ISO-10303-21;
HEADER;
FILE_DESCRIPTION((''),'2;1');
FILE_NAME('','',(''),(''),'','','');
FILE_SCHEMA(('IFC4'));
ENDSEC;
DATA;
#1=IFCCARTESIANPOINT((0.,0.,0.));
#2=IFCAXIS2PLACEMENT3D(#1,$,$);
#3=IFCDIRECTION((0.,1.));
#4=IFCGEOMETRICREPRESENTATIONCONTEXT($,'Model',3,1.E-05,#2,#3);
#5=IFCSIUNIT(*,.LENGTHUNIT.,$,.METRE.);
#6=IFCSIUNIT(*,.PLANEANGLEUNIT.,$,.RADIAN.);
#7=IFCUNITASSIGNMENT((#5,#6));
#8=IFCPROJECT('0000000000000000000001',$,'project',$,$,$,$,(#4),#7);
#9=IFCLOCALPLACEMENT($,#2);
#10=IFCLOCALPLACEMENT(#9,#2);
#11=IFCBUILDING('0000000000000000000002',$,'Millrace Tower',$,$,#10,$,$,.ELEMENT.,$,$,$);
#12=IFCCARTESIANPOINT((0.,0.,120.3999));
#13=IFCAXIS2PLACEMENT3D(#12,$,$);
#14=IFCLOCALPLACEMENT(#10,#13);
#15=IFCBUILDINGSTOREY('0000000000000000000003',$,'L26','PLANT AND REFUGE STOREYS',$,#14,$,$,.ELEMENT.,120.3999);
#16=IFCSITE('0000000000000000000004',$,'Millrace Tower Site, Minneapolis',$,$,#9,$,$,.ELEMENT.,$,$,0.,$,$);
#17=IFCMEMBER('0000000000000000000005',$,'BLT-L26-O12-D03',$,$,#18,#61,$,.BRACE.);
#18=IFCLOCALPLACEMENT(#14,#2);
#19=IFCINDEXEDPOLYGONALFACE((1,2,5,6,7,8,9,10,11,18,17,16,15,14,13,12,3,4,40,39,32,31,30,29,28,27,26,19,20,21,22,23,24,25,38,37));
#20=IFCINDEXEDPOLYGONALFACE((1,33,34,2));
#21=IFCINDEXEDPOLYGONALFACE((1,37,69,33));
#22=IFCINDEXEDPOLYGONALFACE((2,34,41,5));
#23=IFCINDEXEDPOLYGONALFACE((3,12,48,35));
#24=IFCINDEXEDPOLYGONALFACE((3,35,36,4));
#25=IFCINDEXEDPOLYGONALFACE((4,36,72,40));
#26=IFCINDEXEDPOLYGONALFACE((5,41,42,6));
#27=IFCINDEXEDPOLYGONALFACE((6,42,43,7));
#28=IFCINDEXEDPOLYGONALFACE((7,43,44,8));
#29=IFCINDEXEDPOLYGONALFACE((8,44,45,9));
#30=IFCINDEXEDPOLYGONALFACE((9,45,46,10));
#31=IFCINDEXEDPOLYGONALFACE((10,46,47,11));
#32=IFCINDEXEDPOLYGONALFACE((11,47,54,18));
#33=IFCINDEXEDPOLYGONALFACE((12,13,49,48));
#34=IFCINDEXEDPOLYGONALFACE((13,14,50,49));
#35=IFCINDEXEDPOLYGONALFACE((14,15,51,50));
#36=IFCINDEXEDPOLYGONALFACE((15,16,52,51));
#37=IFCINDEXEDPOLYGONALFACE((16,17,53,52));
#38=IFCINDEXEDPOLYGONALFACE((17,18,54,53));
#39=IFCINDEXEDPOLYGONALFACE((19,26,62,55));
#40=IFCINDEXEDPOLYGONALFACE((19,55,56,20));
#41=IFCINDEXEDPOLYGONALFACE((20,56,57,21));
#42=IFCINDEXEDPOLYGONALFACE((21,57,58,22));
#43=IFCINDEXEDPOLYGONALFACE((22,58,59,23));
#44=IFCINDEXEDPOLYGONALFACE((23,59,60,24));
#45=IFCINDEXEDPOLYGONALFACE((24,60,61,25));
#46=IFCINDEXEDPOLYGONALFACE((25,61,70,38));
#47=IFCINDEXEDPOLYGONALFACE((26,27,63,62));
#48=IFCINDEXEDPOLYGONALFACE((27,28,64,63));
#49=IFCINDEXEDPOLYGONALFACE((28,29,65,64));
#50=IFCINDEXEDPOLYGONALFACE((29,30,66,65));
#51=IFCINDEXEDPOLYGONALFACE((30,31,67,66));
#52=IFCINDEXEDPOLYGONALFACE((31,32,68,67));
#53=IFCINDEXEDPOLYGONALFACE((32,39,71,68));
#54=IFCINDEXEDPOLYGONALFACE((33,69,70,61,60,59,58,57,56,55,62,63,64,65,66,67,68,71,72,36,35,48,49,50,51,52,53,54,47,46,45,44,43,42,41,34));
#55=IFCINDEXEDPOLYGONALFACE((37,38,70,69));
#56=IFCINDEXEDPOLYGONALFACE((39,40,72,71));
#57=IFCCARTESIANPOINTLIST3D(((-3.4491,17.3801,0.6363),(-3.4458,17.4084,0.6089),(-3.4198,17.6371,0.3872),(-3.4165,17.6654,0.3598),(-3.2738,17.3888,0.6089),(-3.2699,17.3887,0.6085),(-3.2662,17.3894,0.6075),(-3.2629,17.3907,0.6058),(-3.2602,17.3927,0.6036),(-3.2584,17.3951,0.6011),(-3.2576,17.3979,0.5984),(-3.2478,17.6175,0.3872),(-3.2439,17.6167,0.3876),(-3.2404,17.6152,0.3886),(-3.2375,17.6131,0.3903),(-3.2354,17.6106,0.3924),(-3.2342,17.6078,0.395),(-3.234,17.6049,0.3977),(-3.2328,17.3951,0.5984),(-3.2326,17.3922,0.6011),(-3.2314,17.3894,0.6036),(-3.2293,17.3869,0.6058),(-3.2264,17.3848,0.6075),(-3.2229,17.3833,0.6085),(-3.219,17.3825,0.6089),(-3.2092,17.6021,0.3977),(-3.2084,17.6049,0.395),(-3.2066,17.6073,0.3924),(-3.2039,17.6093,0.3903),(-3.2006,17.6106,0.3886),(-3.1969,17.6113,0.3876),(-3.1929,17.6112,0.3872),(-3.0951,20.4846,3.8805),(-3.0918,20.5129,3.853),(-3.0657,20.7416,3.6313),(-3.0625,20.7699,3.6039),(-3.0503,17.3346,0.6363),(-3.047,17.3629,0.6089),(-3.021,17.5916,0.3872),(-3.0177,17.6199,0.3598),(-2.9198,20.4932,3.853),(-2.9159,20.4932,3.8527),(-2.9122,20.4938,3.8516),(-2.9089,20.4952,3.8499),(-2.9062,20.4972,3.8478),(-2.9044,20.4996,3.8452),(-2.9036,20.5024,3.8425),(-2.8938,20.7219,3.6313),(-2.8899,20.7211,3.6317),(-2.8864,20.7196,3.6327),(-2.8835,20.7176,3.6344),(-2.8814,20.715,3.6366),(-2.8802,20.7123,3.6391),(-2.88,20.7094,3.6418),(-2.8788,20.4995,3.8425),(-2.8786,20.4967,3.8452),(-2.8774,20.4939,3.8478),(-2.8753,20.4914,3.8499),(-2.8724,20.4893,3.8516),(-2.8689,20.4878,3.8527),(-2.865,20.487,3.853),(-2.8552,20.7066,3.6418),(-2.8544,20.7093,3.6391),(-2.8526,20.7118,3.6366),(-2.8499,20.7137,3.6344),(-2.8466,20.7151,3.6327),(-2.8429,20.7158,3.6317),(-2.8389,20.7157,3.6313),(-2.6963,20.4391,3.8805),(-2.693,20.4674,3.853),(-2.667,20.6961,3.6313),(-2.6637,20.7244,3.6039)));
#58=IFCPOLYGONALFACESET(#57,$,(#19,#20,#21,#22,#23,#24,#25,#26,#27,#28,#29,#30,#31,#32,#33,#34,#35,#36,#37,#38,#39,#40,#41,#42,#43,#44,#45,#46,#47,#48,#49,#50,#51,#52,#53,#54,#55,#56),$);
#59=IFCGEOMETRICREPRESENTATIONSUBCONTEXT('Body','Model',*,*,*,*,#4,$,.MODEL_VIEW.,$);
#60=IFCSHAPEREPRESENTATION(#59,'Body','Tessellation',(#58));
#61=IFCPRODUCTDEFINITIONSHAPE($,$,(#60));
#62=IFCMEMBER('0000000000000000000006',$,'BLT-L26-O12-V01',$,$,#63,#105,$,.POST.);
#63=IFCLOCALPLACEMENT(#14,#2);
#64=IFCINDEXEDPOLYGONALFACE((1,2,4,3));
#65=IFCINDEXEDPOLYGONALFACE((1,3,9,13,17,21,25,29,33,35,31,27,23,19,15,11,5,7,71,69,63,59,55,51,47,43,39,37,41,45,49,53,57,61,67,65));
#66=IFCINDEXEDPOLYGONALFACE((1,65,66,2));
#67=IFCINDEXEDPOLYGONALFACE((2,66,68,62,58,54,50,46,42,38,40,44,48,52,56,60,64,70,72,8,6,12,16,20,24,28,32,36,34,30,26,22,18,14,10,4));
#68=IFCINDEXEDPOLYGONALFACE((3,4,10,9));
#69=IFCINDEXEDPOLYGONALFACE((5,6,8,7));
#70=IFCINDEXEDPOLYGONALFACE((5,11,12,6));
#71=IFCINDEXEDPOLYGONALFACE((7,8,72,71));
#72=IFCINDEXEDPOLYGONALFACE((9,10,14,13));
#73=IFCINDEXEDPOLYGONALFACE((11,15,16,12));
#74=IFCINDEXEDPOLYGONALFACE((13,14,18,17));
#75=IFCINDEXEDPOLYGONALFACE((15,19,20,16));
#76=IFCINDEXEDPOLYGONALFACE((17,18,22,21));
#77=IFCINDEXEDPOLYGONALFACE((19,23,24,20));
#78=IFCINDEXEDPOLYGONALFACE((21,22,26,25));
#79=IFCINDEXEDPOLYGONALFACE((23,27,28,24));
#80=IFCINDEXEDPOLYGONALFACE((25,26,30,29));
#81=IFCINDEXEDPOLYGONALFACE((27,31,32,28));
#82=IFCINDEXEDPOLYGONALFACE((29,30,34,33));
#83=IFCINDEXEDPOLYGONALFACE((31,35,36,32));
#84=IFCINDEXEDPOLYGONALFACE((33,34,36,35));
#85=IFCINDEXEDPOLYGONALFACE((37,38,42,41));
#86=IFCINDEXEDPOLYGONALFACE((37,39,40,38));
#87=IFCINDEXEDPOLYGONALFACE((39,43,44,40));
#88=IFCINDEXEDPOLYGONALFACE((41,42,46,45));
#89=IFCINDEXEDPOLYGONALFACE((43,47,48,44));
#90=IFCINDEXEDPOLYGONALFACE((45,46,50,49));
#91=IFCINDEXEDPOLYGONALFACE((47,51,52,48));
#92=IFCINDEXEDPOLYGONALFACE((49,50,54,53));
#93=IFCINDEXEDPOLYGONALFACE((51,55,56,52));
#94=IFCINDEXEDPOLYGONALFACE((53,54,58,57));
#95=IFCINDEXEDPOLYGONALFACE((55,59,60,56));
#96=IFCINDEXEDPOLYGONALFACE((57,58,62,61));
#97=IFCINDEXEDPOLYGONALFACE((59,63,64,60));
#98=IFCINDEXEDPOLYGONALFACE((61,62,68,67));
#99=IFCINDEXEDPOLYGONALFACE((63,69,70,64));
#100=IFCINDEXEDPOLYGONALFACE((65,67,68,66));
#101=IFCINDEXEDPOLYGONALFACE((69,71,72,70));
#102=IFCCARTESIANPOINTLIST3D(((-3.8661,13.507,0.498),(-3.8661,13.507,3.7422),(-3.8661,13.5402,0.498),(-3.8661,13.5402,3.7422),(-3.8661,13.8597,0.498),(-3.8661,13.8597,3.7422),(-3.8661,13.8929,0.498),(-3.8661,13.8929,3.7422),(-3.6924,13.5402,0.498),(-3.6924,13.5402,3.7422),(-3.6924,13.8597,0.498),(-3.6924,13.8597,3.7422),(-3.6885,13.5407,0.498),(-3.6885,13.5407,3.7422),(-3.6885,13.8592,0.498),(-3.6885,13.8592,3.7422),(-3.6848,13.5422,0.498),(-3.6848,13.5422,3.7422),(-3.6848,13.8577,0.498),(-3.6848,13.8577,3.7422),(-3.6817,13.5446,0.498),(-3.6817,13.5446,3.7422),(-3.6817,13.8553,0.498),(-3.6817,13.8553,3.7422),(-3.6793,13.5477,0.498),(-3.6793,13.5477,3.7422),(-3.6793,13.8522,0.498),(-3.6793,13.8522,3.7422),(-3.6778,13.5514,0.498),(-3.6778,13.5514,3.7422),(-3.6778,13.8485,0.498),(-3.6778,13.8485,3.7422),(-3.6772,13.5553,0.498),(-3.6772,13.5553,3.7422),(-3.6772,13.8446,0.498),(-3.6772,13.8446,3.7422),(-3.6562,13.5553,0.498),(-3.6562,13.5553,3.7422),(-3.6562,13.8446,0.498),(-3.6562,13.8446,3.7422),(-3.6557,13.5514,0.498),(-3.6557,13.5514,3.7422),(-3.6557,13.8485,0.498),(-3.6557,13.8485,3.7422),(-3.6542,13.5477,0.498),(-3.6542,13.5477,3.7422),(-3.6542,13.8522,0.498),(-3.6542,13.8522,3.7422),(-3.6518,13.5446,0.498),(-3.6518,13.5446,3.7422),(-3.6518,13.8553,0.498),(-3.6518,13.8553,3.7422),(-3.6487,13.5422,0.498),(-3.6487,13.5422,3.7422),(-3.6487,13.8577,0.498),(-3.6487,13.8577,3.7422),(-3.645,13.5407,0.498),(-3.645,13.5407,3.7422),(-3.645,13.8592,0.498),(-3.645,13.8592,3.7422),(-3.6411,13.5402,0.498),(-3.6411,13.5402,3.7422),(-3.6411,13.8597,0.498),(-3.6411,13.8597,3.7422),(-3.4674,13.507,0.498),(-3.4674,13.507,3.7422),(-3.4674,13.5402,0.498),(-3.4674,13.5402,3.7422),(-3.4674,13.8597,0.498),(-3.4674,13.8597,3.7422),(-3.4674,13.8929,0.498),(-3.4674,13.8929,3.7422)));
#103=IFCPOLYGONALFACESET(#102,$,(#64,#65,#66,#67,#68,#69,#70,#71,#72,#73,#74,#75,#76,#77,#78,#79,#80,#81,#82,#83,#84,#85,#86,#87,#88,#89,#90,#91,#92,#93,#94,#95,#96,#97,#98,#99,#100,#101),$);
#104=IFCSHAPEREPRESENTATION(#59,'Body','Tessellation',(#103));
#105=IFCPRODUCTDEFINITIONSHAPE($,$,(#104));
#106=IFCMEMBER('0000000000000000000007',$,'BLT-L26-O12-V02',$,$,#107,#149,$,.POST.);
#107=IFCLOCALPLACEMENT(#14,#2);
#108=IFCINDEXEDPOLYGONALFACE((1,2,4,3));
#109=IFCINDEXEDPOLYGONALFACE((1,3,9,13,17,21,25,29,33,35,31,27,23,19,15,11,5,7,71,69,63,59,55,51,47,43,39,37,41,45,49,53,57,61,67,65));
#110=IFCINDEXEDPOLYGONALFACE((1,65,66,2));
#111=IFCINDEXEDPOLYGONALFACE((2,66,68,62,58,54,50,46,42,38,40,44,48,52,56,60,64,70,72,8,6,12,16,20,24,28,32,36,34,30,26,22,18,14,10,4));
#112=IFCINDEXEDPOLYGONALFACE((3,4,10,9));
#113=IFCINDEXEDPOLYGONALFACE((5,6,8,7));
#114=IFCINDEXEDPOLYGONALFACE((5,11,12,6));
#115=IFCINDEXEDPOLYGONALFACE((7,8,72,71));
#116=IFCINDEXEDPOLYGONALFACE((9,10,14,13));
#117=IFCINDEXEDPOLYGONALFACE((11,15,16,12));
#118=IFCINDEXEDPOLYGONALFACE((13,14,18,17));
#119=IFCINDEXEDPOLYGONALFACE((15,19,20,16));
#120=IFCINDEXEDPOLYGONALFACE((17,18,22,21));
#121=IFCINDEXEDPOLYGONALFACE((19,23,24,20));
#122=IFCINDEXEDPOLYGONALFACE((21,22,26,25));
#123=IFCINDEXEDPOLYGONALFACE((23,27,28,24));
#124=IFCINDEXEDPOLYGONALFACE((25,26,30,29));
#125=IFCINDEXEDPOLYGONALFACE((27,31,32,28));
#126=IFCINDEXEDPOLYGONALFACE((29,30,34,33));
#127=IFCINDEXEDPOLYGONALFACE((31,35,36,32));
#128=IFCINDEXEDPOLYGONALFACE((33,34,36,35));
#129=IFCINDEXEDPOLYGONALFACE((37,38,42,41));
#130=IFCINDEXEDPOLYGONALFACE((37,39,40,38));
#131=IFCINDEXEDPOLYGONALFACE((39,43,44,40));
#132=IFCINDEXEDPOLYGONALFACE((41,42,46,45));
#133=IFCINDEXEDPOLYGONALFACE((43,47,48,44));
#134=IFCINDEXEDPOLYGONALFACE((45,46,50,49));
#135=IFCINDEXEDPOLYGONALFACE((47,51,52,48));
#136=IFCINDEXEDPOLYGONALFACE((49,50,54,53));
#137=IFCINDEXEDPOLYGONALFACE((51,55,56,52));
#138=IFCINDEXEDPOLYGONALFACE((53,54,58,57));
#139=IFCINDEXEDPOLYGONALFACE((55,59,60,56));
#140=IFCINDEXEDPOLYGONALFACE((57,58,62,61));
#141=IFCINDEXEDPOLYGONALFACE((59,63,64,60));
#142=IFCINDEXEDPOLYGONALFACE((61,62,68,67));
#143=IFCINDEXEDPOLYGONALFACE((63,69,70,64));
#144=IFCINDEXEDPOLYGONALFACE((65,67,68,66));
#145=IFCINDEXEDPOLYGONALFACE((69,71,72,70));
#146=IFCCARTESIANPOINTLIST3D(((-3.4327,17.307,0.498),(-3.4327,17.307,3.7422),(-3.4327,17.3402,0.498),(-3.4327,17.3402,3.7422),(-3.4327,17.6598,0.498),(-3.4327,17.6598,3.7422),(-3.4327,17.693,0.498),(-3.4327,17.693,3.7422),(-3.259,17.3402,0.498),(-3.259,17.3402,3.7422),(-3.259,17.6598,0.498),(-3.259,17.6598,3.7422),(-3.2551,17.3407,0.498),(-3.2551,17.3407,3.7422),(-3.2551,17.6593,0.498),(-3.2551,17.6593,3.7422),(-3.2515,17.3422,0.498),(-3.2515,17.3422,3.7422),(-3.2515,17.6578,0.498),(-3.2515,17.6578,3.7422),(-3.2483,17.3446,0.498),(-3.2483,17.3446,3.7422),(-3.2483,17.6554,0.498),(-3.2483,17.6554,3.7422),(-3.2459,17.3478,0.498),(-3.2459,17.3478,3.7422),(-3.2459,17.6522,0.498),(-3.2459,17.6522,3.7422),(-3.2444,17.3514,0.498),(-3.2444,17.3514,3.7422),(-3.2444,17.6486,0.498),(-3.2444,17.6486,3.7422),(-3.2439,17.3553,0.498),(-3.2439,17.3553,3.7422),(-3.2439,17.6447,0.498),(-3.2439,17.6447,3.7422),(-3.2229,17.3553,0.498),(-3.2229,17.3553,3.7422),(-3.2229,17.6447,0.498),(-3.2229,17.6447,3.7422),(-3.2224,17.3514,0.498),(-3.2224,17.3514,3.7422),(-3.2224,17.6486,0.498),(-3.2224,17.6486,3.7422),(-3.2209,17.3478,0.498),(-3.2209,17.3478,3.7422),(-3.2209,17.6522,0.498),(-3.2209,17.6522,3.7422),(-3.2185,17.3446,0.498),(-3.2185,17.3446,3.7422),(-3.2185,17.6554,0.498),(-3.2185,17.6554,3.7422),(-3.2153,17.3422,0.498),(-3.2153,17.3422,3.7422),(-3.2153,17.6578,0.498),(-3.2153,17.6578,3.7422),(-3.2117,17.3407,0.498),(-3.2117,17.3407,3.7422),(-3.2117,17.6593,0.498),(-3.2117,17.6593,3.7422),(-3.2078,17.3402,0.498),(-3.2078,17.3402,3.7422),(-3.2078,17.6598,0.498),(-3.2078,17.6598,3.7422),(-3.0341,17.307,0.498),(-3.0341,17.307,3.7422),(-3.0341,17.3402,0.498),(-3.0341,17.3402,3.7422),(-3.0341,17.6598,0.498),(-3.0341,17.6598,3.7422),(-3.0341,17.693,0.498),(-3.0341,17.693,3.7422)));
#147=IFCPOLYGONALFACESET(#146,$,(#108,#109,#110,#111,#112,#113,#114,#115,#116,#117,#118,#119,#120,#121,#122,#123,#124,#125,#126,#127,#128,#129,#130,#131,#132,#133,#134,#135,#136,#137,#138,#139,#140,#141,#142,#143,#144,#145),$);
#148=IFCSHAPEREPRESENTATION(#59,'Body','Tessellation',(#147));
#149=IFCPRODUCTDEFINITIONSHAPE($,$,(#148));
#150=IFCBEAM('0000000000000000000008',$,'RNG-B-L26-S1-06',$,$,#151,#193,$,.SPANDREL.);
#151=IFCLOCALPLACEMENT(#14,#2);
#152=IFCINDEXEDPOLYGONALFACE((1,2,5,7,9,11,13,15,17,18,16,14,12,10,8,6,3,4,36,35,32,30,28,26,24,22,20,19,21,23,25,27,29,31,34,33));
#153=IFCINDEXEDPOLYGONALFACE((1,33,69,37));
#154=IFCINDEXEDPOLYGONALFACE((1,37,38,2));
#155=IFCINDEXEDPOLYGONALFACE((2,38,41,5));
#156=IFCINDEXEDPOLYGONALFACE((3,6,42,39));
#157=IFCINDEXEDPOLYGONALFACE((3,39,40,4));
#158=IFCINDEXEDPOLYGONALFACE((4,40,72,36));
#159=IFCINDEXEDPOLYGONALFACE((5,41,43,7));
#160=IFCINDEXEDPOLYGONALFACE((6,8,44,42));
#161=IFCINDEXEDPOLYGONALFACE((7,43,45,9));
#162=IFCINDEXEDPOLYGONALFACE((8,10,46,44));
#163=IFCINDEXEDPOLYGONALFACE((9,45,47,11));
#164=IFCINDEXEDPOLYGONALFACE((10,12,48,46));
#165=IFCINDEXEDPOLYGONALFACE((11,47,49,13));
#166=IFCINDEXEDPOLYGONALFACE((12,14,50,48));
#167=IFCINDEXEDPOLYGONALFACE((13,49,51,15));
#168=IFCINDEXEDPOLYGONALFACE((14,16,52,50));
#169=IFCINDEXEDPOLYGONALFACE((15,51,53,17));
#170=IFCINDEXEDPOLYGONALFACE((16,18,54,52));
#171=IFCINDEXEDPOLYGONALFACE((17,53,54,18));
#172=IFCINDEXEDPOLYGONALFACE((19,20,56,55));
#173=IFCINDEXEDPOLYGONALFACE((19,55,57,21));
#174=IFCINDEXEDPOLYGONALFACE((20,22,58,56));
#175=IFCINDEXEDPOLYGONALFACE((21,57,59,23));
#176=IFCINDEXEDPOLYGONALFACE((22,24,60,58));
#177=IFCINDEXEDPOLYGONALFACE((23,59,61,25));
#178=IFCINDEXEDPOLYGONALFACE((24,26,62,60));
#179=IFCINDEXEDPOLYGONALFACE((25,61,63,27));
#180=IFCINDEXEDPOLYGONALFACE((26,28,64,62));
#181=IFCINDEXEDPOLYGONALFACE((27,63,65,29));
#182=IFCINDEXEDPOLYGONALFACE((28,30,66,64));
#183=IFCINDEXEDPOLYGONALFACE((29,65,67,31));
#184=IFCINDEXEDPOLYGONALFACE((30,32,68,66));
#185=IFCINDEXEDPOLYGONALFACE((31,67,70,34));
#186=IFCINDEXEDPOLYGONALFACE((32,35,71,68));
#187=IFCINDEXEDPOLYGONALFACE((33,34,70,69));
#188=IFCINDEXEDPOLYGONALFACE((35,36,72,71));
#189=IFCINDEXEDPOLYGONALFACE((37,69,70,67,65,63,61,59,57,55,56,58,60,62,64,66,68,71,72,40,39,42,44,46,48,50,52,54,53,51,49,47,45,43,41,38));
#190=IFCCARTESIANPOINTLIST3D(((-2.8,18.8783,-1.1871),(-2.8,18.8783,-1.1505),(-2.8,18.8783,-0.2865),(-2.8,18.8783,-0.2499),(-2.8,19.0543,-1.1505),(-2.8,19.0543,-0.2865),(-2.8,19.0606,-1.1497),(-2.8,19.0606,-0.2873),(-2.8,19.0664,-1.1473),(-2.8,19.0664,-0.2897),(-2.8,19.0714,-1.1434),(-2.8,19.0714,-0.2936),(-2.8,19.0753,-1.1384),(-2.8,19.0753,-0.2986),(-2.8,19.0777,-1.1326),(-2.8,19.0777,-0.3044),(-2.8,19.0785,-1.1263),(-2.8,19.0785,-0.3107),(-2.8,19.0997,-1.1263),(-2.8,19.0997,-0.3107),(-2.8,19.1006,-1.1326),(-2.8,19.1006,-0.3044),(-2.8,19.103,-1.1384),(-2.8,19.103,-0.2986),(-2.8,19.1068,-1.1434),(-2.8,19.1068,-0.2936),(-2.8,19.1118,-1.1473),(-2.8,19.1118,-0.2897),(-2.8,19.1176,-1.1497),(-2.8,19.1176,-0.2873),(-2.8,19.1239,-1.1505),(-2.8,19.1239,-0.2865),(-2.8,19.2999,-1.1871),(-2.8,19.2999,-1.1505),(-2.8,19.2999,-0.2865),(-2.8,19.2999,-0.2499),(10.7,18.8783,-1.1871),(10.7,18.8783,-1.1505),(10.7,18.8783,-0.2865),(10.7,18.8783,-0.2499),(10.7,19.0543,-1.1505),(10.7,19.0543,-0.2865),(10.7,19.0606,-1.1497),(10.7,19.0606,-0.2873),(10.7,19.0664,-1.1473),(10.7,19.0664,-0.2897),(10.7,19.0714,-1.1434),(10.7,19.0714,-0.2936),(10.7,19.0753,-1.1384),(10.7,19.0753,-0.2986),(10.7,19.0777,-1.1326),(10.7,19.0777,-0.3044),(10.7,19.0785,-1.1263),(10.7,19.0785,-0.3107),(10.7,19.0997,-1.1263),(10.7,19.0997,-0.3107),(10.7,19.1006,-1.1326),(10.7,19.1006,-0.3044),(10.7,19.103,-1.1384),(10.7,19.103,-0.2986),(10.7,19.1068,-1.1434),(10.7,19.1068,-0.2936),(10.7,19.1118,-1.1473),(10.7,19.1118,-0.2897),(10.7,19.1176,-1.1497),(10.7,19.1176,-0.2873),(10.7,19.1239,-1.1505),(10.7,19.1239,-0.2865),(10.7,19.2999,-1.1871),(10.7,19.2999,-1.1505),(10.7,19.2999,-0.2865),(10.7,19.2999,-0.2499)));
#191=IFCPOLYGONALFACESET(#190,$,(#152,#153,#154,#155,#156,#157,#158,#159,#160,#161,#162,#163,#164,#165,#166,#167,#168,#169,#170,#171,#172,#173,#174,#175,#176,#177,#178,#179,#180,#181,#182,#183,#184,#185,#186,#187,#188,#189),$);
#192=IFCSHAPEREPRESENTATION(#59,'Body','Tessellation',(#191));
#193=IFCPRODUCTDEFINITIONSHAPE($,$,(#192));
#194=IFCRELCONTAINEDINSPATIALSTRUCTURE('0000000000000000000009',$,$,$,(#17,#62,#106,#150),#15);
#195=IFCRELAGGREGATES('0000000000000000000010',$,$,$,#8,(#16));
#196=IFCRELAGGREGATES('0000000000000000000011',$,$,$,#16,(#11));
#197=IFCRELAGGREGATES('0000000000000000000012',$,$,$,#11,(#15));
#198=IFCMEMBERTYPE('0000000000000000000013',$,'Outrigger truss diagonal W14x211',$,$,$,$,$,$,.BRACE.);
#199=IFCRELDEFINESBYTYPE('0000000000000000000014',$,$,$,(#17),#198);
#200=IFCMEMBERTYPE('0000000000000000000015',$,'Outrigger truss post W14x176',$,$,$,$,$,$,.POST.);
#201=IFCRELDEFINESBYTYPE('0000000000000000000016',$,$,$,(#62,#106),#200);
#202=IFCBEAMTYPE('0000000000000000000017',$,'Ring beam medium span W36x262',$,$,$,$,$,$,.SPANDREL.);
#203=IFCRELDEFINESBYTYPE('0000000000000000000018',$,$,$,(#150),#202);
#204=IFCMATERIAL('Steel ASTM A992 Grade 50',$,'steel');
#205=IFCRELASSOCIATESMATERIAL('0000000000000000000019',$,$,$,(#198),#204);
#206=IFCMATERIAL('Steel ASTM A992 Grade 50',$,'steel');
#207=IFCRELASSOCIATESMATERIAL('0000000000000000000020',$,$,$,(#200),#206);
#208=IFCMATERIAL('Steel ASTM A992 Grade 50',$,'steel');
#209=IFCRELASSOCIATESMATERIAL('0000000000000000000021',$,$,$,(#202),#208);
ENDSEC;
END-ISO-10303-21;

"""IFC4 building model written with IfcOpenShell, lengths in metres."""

from ifc_helpers import new_model, si_unit, direction, frame, origin, origin_2d, place, context, subcontext, project, spatial, i_section, extrude, material, material_profile, profile_set, type_object, element, save


model = new_model("IFC4")

# Units and contexts
model_context = context("Model", 3, precision=1e-05, world=origin(), true_north=direction((0.0, 1.0)))
body_context = subcontext(model_context, "Body", "Model", "MODEL_VIEW")
ifc_project = project(units=[si_unit("LENGTHUNIT", "METRE"), si_unit("PLANEANGLEUNIT", "RADIAN")], contexts=[model_context])

# Site, building, storey
site_placement = place(None, origin())
site = spatial("IfcSite", under=ifc_project, at=site_placement, Name="Millrace Tower Site, Minneapolis", CompositionType="ELEMENT", RefElevation=0.0)
building_placement = place(site_placement, origin())
building = spatial("IfcBuilding", under=site, at=building_placement, Name="Millrace Tower", CompositionType="ELEMENT")
storey_placement = place(building_placement, frame((0.0, 0.0, 120.3999)))
storey = spatial("IfcBuildingStorey", under=building, at=storey_placement, Name="L26", Description="PLANT AND REFUGE STOREYS", CompositionType="ELEMENT", Elevation=120.3999)

# Members
ifc_material_1 = material(Name="Steel ASTM A992 Grade 50", Category="steel")
ifc_material_profile_1 = material_profile(ifc_material_1, i_section(OverallWidth=0.4014, OverallDepth=0.3987, WebThickness=0.0249, FlangeThickness=0.0396, FilletRadius=0.0151, at=origin_2d()))
ifc_profile_set_1 = profile_set([ifc_material_profile_1], Name="Steel ASTM A992 Grade 50")
member_type_1 = type_object("IfcMemberType", Name="Outrigger truss diagonal W14x211", PredefinedType="BRACE", material=ifc_profile_set_1)
member_1_placement = place(storey_placement, frame((-3.2334, 17.5, 0.498), z_axis=(0.078595, 0.689247, 0.720251), x_axis=(-0.993561, 0.113295, 0.0)))
element("IfcMember", 1, at=member_1_placement, inside=storey, type_object=member_type_1, Name="BLT-L26-O12-D03", PredefinedType="BRACE", context=body_context, shape_type="SweptSolid", body=[
    extrude(i_section(OverallWidth=0.4014, OverallDepth=0.3987, WebThickness=0.0249, FlangeThickness=0.0396, FilletRadius=0.0151, at=origin_2d()), origin(), (0.0, 0.0, 1.0), 4.5042),
])
ifc_material_2 = material(Name="Steel ASTM A992 Grade 50", Category="steel")
ifc_material_profile_2 = material_profile(ifc_material_2, i_section(OverallWidth=0.3987, OverallDepth=0.386, WebThickness=0.021, FlangeThickness=0.0332, FilletRadius=0.0151, at=origin_2d()))
ifc_profile_set_2 = profile_set([ifc_material_profile_2], Name="Steel ASTM A992 Grade 50")
member_type_2 = type_object("IfcMemberType", Name="Outrigger truss post W14x176", PredefinedType="POST", material=ifc_profile_set_2)
for number, where, z_axis, x_axis, name in (
    (2, (-3.6667, 13.7, 0.498), (0.0, 0.0, 1.0), (1.0, 0.0, 0.0), "BLT-L26-O12-V01"),
    (3, (-3.2334, 17.5, 0.498), (0.0, 0.0, 1.0), (1.0, 0.0, 0.0), "BLT-L26-O12-V02"),
):
    element("IfcMember", number, at=place(storey_placement, frame(where, z_axis=z_axis, x_axis=x_axis)), inside=storey, type_object=member_type_2, Name=name, PredefinedType="POST", context=body_context, shape_type="SweptSolid", body=[
        extrude(i_section(OverallWidth=0.3987, OverallDepth=0.386, WebThickness=0.021, FlangeThickness=0.0332, FilletRadius=0.0151, at=origin_2d()), origin(), (0.0, 0.0, 1.0), 3.2441),
    ])

# Beam
ifc_material_3 = material(Name="Steel ASTM A992 Grade 50", Category="steel")
ifc_material_profile_3 = material_profile(ifc_material_3, i_section(OverallWidth=0.4216, OverallDepth=0.9373, WebThickness=0.0212, FlangeThickness=0.0366, FilletRadius=0.0242, at=origin_2d()))
ifc_profile_set_3 = profile_set([ifc_material_profile_3], Name="Steel ASTM A992 Grade 50")
beam_type_1 = type_object("IfcBeamType", Name="Ring beam medium span W36x262", PredefinedType="SPANDREL", material=ifc_profile_set_3)
beam_1_placement = place(storey_placement, frame((-2.8, 19.0891, -0.7185), z_axis=(1.0, 0.0, 0.0), x_axis=(0.0, 1.0, 0.0)))
element("IfcBeam", 4, at=beam_1_placement, inside=storey, type_object=beam_type_1, Name="RNG-B-L26-S1-06", PredefinedType="SPANDREL", context=body_context, shape_type="SweptSolid", body=[
    extrude(i_section(OverallWidth=0.4216, OverallDepth=0.9373, WebThickness=0.0212, FlangeThickness=0.0366, FilletRadius=0.0242, at=origin_2d()), origin(), (0.0, 0.0, 1.0), 13.5),
])

save(model, "model.ifc")
